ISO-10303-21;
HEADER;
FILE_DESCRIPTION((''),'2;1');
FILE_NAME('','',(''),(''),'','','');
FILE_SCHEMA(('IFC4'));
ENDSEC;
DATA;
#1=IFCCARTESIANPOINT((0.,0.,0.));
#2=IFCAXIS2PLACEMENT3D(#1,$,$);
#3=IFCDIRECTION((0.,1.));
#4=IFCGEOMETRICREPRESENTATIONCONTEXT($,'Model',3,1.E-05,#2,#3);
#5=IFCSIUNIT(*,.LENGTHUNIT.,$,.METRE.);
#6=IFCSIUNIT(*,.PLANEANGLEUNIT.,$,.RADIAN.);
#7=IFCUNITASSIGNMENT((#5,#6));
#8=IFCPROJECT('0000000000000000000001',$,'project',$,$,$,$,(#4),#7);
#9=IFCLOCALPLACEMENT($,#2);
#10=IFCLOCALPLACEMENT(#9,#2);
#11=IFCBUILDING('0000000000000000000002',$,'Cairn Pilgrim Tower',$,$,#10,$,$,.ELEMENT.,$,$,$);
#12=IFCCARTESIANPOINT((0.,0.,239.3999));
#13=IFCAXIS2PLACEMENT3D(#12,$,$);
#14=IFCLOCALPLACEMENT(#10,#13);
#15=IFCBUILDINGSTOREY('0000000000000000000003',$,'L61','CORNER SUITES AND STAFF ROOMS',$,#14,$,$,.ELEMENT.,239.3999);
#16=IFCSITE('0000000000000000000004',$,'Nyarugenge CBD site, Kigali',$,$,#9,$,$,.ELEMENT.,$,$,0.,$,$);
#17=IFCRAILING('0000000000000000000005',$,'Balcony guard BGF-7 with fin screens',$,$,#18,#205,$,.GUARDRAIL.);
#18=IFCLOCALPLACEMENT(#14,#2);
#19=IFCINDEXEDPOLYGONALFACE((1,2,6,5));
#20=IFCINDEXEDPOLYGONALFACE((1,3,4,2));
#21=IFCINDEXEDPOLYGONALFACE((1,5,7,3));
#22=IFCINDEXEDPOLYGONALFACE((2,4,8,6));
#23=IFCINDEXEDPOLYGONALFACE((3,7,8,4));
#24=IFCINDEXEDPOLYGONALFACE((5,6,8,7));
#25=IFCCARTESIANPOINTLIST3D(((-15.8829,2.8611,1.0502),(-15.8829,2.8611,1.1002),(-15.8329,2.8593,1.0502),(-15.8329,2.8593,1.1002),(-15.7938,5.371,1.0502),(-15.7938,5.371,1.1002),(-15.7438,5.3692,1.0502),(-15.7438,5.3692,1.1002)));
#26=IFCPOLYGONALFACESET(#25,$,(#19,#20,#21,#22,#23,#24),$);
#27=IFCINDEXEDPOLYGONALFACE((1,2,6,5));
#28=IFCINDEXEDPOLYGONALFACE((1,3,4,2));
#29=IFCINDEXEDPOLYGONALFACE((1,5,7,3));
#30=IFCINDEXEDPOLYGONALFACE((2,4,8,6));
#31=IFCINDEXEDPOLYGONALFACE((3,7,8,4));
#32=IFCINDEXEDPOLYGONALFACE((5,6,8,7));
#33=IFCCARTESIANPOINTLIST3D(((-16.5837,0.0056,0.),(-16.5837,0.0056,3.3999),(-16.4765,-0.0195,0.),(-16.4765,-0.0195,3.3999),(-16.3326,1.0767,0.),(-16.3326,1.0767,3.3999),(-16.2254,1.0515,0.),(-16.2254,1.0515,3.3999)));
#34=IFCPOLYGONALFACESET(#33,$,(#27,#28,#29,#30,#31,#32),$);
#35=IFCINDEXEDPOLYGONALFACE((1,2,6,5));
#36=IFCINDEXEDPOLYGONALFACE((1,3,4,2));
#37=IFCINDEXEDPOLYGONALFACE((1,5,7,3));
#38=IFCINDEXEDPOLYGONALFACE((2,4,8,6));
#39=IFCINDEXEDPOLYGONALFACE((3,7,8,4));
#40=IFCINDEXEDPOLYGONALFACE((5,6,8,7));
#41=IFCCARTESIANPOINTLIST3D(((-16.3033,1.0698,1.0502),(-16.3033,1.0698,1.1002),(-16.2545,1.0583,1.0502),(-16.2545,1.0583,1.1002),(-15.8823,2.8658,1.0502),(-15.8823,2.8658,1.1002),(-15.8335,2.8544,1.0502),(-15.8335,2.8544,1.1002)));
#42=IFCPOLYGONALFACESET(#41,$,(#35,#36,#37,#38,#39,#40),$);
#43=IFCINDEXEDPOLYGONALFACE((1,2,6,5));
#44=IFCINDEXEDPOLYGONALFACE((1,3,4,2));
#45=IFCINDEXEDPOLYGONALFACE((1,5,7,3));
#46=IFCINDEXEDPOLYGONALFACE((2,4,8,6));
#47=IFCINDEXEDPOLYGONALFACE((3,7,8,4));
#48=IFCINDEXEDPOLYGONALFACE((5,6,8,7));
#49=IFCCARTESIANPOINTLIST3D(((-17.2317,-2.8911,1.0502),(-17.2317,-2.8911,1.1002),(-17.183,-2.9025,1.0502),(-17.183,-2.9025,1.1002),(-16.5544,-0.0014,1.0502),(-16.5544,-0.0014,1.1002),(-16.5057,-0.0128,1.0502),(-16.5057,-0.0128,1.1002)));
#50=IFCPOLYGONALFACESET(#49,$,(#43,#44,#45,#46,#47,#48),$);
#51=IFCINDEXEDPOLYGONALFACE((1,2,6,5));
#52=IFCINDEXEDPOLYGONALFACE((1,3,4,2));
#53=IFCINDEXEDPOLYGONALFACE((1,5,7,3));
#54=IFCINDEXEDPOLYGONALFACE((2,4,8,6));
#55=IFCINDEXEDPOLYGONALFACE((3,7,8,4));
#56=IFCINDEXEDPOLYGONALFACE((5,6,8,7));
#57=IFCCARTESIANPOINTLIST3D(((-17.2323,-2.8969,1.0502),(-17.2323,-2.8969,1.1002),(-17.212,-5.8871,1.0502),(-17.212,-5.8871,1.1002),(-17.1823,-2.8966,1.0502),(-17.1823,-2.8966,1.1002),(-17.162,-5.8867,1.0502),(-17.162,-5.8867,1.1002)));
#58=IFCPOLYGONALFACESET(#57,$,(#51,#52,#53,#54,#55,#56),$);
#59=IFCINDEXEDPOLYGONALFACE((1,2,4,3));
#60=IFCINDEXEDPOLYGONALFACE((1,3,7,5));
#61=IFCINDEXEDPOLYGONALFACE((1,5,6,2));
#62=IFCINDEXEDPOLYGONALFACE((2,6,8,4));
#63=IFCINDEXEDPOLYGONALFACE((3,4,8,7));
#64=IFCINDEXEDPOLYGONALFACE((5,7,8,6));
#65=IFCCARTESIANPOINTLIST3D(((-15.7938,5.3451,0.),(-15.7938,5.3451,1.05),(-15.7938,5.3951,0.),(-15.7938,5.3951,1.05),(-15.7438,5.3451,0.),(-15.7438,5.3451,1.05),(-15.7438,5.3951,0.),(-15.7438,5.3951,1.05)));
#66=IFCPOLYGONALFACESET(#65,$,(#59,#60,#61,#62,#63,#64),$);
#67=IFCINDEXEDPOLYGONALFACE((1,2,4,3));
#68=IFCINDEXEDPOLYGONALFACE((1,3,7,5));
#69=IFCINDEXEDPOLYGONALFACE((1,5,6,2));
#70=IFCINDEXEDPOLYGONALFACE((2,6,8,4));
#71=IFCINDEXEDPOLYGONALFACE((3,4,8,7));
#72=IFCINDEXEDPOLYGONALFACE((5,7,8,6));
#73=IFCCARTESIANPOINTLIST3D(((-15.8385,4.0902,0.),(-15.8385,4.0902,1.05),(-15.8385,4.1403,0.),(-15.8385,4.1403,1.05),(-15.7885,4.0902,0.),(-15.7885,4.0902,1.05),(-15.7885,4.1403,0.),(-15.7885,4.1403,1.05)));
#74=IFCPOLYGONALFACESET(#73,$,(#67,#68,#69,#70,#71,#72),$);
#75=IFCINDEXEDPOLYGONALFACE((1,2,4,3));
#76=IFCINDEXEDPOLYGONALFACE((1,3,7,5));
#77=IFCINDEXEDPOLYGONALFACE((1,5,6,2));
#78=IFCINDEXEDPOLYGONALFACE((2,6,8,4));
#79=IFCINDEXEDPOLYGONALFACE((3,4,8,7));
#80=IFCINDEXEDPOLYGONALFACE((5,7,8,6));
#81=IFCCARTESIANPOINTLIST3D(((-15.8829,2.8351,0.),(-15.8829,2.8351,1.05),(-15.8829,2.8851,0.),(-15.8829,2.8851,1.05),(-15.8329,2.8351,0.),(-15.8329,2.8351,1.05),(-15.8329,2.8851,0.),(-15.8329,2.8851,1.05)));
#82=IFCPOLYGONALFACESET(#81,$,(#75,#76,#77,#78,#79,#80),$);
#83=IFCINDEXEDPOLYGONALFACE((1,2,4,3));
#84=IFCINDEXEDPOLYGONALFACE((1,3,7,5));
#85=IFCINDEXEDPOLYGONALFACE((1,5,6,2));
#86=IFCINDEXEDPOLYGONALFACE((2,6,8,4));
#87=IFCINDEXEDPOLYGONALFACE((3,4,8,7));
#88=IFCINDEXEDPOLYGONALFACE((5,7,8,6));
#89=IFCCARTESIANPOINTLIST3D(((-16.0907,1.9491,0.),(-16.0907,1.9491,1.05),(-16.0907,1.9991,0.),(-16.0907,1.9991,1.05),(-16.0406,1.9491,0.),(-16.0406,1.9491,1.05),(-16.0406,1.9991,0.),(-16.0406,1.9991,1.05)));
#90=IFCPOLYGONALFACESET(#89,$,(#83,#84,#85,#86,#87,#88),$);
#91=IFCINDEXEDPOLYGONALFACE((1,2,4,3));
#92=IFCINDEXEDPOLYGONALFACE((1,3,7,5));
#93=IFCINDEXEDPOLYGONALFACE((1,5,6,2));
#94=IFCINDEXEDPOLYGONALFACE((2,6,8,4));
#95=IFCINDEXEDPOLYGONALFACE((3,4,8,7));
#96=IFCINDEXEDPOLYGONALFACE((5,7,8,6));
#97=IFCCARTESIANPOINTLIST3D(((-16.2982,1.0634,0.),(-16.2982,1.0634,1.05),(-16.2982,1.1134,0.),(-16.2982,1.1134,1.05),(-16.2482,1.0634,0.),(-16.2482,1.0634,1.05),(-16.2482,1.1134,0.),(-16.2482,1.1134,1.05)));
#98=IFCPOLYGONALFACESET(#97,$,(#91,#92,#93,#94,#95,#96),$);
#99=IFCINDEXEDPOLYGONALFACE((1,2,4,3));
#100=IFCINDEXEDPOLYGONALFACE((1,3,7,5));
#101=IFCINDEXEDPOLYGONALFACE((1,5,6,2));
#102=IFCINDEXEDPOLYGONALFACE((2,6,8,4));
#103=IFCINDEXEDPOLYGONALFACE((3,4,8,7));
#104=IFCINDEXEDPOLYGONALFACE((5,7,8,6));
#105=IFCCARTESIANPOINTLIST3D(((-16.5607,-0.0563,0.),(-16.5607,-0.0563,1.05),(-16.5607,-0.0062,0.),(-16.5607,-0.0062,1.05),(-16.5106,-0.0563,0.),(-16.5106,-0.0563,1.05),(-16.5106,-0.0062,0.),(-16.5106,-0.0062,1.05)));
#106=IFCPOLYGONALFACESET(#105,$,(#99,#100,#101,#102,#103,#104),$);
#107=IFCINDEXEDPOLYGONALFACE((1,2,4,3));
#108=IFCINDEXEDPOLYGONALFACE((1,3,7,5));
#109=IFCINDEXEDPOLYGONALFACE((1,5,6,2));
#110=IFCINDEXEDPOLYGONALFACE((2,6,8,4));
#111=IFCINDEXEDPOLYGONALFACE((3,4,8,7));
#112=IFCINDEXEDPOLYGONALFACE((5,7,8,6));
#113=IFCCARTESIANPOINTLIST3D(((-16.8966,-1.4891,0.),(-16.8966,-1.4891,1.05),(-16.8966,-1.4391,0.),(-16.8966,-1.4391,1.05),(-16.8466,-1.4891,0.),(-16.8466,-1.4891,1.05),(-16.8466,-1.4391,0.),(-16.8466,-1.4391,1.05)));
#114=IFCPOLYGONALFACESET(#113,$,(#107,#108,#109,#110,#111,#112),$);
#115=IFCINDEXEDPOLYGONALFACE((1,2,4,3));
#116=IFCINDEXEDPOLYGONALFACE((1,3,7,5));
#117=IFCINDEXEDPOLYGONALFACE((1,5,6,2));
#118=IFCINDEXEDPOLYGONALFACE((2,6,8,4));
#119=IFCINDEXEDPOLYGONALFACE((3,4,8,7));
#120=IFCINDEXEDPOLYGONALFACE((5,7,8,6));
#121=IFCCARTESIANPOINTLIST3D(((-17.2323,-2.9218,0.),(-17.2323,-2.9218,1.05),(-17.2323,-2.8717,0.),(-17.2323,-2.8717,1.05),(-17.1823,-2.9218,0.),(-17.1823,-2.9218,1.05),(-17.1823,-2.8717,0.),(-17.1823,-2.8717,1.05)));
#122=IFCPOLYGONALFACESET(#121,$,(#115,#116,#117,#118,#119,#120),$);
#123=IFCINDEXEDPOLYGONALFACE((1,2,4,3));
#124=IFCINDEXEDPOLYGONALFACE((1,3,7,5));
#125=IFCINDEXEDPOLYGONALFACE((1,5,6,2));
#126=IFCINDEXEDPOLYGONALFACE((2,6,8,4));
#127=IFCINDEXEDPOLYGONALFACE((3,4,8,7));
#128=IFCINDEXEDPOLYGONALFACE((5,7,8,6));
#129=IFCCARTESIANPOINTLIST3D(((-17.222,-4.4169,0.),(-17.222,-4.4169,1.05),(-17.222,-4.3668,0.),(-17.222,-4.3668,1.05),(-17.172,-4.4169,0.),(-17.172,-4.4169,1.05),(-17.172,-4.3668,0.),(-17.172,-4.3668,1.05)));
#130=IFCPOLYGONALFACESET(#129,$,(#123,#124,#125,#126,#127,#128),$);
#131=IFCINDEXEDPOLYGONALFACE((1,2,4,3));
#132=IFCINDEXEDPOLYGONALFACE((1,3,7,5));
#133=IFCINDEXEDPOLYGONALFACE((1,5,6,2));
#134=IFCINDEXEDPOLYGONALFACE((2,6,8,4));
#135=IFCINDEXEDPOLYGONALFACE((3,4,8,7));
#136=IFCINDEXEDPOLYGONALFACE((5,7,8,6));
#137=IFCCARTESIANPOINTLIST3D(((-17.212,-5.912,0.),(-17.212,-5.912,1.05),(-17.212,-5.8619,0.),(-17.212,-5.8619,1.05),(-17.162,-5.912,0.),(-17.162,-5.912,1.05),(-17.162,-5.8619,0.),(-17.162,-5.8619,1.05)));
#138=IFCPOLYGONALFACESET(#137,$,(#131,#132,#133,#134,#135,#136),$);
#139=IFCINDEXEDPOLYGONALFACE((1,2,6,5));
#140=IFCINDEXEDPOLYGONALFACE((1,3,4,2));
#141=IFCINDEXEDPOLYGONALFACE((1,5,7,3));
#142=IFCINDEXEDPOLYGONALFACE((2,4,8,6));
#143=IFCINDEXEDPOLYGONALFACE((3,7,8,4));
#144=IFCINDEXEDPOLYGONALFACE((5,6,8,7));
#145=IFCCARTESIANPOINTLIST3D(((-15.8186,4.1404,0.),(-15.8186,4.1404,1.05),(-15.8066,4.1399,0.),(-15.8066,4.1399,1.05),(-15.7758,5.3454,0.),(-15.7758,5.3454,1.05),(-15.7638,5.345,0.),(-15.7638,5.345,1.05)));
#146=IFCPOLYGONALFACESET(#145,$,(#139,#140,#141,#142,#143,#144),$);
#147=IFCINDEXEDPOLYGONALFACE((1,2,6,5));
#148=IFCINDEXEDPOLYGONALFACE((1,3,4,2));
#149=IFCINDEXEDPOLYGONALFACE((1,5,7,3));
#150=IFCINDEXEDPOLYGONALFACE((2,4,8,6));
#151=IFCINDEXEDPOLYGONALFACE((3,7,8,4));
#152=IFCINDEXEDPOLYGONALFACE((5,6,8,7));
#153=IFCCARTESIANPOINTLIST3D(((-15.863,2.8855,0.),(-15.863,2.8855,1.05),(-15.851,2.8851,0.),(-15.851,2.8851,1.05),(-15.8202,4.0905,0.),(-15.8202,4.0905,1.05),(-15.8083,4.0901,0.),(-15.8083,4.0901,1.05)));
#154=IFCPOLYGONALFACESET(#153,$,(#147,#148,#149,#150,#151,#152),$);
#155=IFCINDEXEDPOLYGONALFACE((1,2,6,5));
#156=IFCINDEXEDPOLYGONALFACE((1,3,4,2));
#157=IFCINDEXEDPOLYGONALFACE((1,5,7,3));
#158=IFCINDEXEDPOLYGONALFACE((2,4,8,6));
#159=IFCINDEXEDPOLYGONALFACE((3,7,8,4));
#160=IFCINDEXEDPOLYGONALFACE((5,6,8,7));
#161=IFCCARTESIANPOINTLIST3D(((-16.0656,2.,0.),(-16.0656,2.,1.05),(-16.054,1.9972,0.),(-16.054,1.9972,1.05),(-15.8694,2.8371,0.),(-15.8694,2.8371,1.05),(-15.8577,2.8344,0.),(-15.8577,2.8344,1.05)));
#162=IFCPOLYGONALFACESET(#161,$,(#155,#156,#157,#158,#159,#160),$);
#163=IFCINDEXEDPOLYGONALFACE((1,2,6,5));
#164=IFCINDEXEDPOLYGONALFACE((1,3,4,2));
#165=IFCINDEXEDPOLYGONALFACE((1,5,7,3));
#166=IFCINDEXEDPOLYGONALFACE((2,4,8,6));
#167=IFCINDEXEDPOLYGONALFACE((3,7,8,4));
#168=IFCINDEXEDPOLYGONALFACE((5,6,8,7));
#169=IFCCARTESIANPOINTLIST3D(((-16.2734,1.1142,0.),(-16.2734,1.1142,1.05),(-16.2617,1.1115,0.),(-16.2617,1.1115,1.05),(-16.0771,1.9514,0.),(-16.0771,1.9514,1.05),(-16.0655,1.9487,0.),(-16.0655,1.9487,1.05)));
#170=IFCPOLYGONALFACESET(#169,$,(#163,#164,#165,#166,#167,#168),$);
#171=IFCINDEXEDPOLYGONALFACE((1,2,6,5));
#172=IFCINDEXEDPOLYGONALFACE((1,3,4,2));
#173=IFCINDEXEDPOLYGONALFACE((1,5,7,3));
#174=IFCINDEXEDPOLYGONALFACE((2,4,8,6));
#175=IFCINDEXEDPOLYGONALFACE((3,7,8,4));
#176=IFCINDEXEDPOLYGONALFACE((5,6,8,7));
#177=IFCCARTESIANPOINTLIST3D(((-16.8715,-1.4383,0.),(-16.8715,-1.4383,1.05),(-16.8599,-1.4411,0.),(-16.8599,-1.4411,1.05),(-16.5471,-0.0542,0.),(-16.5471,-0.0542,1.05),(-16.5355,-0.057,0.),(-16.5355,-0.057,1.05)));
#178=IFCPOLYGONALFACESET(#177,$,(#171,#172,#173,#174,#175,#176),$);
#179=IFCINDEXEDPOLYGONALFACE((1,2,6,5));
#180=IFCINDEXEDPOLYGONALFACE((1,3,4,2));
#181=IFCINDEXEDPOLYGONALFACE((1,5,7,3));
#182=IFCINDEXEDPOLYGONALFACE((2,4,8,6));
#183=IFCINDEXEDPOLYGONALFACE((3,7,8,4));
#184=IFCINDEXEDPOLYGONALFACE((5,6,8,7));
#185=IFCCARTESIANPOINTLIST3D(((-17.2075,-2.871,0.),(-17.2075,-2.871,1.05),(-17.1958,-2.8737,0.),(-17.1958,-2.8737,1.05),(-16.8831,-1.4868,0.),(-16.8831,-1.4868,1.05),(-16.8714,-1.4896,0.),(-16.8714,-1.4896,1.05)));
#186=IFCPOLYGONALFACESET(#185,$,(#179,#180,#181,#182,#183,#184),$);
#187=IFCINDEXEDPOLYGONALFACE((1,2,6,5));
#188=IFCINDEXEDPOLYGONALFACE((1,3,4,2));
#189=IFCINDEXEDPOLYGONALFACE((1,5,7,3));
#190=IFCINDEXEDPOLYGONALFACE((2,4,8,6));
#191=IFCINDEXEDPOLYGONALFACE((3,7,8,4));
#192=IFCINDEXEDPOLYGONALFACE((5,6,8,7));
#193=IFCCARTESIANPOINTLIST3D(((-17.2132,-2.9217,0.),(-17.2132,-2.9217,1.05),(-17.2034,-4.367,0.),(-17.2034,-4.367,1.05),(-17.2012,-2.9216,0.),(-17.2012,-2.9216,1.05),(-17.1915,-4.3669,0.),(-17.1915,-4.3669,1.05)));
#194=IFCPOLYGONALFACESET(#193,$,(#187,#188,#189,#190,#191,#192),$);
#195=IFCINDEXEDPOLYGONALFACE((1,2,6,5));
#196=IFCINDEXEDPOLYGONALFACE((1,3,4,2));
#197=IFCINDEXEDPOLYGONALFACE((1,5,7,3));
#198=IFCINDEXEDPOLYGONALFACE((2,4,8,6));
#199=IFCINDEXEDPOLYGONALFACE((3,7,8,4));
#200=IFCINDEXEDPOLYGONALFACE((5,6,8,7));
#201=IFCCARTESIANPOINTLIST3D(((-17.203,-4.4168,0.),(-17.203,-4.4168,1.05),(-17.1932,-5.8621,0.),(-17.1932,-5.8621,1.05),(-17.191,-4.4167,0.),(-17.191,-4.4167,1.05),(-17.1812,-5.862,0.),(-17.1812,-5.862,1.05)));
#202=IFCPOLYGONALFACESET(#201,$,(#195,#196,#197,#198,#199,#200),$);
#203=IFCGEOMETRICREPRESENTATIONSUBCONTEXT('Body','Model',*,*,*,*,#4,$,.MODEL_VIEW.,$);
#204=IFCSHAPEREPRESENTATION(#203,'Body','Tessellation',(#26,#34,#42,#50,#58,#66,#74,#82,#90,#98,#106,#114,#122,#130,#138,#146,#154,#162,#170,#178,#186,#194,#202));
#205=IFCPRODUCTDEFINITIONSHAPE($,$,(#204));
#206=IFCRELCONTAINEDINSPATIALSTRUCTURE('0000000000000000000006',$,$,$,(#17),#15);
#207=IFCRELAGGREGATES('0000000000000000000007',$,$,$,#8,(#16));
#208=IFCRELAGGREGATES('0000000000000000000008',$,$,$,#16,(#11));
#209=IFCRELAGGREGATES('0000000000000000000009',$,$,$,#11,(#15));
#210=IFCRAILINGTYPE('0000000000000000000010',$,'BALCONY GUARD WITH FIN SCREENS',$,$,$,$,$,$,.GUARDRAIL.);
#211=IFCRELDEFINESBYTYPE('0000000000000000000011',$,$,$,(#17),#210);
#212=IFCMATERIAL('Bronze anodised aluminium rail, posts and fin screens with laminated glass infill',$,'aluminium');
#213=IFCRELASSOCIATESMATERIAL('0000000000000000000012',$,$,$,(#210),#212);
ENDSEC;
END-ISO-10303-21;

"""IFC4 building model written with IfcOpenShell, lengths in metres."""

from ifc_helpers import new_model, si_unit, direction, frame, origin, origin_2d, place, context, subcontext, project, spatial, polyline, rectangle, outline, extrude, material, type_object, element, save


model = new_model("IFC4")

# Units and contexts
model_context = context("Model", 3, precision=1e-05, world=origin(), true_north=direction((0.0, 1.0)))
body_context = subcontext(model_context, "Body", "Model", "MODEL_VIEW")
ifc_project = project(units=[si_unit("LENGTHUNIT", "METRE"), si_unit("PLANEANGLEUNIT", "RADIAN")], contexts=[model_context])

# Site, building, storey
site_placement = place(None, origin())
site = spatial("IfcSite", under=ifc_project, at=site_placement, Name="Nyarugenge CBD site, Kigali", CompositionType="ELEMENT", RefElevation=0.0)
building_placement = place(site_placement, origin())
building = spatial("IfcBuilding", under=site, at=building_placement, Name="Cairn Pilgrim Tower", CompositionType="ELEMENT")
storey_placement = place(building_placement, frame((0.0, 0.0, 239.3999)))
storey = spatial("IfcBuildingStorey", under=building, at=storey_placement, Name="L61", Description="CORNER SUITES AND STAFF ROOMS", CompositionType="ELEMENT", Elevation=239.3999)

# Railing
ifc_material_1 = material(Name="Bronze anodised aluminium rail, posts and fin screens with laminated glass infill", Category="aluminium")
railing_type = type_object("IfcRailingType", Name="BALCONY GUARD WITH FIN SCREENS", PredefinedType="GUARDRAIL", material=ifc_material_1)
railing_placement = place(storey_placement, frame((-15.7688, 5.3701, 0.0)))
element("IfcRailing", 1, at=railing_placement, inside=storey, type_object=railing_type, Name="Balcony guard BGF-7 with fin screens", PredefinedType="GUARDRAIL", context=body_context, shape_type="SweptSolid", body=[
    extrude(rectangle(XDim=0.05, YDim=0.05, at=origin_2d()), frame((0.0, 0.0, 1.0752), z_axis=(-0.03548, -0.99937, 0.0), x_axis=(0.99937, -0.03548, 0.0)), (0.0, 0.0, 1.0), 2.5115),
    extrude(rectangle(XDim=1.1001, YDim=0.1101, at=origin_2d()), frame((-0.6357, -4.8416, 0.0), z_axis=(0.0, 0.0, 1.0), x_axis=(-0.228208, -0.973612, 0.0)), (0.0, 0.0, 1.0), 3.3999),
    extrude(rectangle(XDim=0.05, YDim=0.05, at=origin_2d()), frame((-0.0891, -2.51, 1.0752), z_axis=(-0.228208, -0.973612, 0.0), x_axis=(0.973612, -0.228208, 0.0)), (0.0, 0.0, 1.0), 1.8447),
    extrude(rectangle(XDim=0.05, YDim=0.05, at=origin_2d()), frame((-0.7612, -5.3772, 1.0752), z_axis=(-0.228208, -0.973612, 0.0), x_axis=(0.973612, -0.228208, 0.0)), (0.0, 0.0, 1.0), 2.968),
    extrude(rectangle(XDim=0.05, YDim=0.05, at=origin_2d()), frame((-1.4385, -8.2668, 1.0752), z_axis=(0.006776, -0.999977, 0.0), x_axis=(0.999977, 0.006776, 0.0)), (0.0, 0.0, 1.0), 2.9902),
    extrude(rectangle(XDim=0.05, YDim=0.05, at=origin_2d()), origin(), (0.0, 0.0, 1.0), 1.05),
    extrude(rectangle(XDim=0.05, YDim=0.05, at=origin_2d()), frame((-0.0447, -1.2549, 0.0)), (0.0, 0.0, 1.0), 1.05),
    extrude(rectangle(XDim=0.05, YDim=0.05, at=origin_2d()), frame((-0.0891, -2.51, 0.0)), (0.0, 0.0, 1.0), 1.05),
    extrude(rectangle(XDim=0.05, YDim=0.05, at=origin_2d()), frame((-0.2969, -3.396, 0.0)), (0.0, 0.0, 1.0), 1.05),
    extrude(rectangle(XDim=0.05, YDim=0.05, at=origin_2d()), frame((-0.5044, -4.2817, 0.0)), (0.0, 0.0, 1.0), 1.05),
    extrude(rectangle(XDim=0.05, YDim=0.05, at=origin_2d()), frame((-0.7668, -5.4014, 0.0)), (0.0, 0.0, 1.0), 1.05),
    extrude(rectangle(XDim=0.05, YDim=0.05, at=origin_2d()), frame((-1.1028, -6.8342, 0.0)), (0.0, 0.0, 1.0), 1.05),
    extrude(rectangle(XDim=0.05, YDim=0.05, at=origin_2d()), frame((-1.4385, -8.2668, 0.0)), (0.0, 0.0, 1.0), 1.05),
    extrude(rectangle(XDim=0.05, YDim=0.05, at=origin_2d()), frame((-1.4282, -9.762, 0.0)), (0.0, 0.0, 1.0), 1.05),
    extrude(rectangle(XDim=0.05, YDim=0.05, at=origin_2d()), frame((-1.4182, -11.2571, 0.0)), (0.0, 0.0, 1.0), 1.05),
    extrude(outline(polyline([(0.0249, 0.0), (1.2307, 0.0), (1.2307, 1.05), (0.0249, 1.05), (0.0249, 0.0)])), frame((0.0059, -0.0002, 0.0), z_axis=(-0.99937, 0.03548, 0.0), x_axis=(-0.03548, -0.99937, 0.0)), (0.0, 0.0, 1.0), 0.012),
    extrude(outline(polyline([(0.0249, 0.0), (1.2307, 0.0), (1.2307, 1.05), (0.0249, 1.05), (0.0249, 0.0)])), frame((-0.0386, -1.2551, 0.0), z_axis=(-0.99937, 0.03548, 0.0), x_axis=(-0.03548, -0.99937, 0.0)), (0.0, 0.0, 1.0), 0.012),
    extrude(outline(polyline([(0.0249, 0.0), (0.8848, 0.0), (0.8848, 1.05), (0.0249, 1.05), (0.0249, 0.0)])), frame((-0.0833, -2.5115, 0.0), z_axis=(-0.973612, 0.228208, 0.0), x_axis=(-0.228208, -0.973612, 0.0)), (0.0, 0.0, 1.0), 0.012),
    extrude(outline(polyline([(0.0249, 0.0), (0.8848, 0.0), (0.8848, 1.05), (0.0249, 1.05), (0.0249, 0.0)])), frame((-0.291, -3.3972, 0.0), z_axis=(-0.973612, 0.228208, 0.0), x_axis=(-0.228208, -0.973612, 0.0)), (0.0, 0.0, 1.0), 0.012),
    extrude(outline(polyline([(0.0249, 0.0), (1.4465, 0.0), (1.4465, 1.05), (0.0249, 1.05), (0.0249, 0.0)])), frame((-0.761, -5.4028, 0.0), z_axis=(-0.973612, 0.228208, 0.0), x_axis=(-0.228208, -0.973612, 0.0)), (0.0, 0.0, 1.0), 0.012),
    extrude(outline(polyline([(0.0249, 0.0), (1.4465, 0.0), (1.4465, 1.05), (0.0249, 1.05), (0.0249, 0.0)])), frame((-1.0969, -6.8354, 0.0), z_axis=(-0.973612, 0.228208, 0.0), x_axis=(-0.228208, -0.973612, 0.0)), (0.0, 0.0, 1.0), 0.012),
    extrude(outline(polyline([(0.0249, 0.0), (1.4702, 0.0), (1.4702, 1.05), (0.0249, 1.05), (0.0249, 0.0)])), frame((-1.4326, -8.2668, 0.0), z_axis=(-0.999977, -0.006776, 0.0), x_axis=(0.006776, -0.999977, 0.0)), (0.0, 0.0, 1.0), 0.012),
    extrude(outline(polyline([(0.0249, 0.0), (1.4702, 0.0), (1.4702, 1.05), (0.0249, 1.05), (0.0249, 0.0)])), frame((-1.4224, -9.762, 0.0), z_axis=(-0.999977, -0.006776, 0.0), x_axis=(0.006776, -0.999977, 0.0)), (0.0, 0.0, 1.0), 0.012),
])

save(model, "model.ifc")
